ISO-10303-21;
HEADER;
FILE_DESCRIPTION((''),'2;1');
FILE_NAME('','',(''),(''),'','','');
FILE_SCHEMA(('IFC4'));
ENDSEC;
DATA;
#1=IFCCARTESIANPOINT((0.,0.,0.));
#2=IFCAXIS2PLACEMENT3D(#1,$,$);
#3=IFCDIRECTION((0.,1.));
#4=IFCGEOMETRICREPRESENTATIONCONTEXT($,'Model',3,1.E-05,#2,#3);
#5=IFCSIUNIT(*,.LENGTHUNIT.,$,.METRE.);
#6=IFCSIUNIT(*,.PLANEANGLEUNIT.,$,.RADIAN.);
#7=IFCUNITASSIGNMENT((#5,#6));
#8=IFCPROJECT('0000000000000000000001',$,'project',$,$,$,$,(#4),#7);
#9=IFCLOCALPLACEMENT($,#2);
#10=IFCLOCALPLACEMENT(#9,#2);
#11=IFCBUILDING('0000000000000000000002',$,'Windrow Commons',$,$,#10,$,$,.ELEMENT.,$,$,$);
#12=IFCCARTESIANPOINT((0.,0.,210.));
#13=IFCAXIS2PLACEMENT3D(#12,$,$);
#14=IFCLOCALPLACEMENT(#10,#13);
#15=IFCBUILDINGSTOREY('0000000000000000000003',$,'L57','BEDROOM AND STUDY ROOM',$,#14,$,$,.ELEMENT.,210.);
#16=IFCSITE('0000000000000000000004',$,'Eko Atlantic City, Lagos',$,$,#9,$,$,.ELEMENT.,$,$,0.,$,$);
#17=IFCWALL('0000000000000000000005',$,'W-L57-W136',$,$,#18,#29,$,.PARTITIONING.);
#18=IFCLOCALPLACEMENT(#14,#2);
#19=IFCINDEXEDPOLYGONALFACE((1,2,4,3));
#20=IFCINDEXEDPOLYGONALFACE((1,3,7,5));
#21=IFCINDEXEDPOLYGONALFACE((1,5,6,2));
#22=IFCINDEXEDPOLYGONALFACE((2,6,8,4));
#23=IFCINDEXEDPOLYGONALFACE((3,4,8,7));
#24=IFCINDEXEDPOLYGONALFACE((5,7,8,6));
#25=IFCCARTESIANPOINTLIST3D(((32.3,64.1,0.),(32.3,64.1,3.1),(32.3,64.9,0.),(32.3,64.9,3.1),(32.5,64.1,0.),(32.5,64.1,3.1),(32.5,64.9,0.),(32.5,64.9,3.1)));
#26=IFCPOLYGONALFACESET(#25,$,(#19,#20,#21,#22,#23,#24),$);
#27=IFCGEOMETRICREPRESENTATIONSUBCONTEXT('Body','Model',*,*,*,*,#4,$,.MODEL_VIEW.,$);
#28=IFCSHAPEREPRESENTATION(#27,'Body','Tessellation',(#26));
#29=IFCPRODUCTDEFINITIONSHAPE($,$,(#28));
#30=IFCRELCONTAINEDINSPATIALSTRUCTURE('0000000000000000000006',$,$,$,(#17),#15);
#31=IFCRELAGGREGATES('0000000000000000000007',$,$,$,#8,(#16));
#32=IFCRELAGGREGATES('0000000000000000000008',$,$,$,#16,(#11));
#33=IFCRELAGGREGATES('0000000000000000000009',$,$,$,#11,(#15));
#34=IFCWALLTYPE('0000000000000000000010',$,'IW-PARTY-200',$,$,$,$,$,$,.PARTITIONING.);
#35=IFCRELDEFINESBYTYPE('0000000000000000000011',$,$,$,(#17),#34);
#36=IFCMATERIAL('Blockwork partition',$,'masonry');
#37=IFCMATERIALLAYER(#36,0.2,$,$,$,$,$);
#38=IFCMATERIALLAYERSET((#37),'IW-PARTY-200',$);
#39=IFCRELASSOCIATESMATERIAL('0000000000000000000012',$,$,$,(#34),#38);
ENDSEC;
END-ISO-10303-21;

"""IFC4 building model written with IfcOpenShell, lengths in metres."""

from ifc_helpers import new_model, si_unit, direction, frame, frame_2d, origin, place, context, subcontext, project, spatial, rectangle, extrude, material, layer, layer_set, type_object, element, save


model = new_model("IFC4")

# Units and contexts
model_context = context("Model", 3, precision=1e-05, world=origin(), true_north=direction((0.0, 1.0)))
body_context = subcontext(model_context, "Body", "Model", "MODEL_VIEW")
ifc_project = project(units=[si_unit("LENGTHUNIT", "METRE"), si_unit("PLANEANGLEUNIT", "RADIAN")], contexts=[model_context])

# Site, building, storey
site_placement = place(None, origin())
site = spatial("IfcSite", under=ifc_project, at=site_placement, Name="Eko Atlantic City, Lagos", CompositionType="ELEMENT", RefElevation=0.0)
building_placement = place(site_placement, origin())
building = spatial("IfcBuilding", under=site, at=building_placement, Name="Windrow Commons", CompositionType="ELEMENT")
storey_placement = place(building_placement, frame((0.0, 0.0, 210.0)))
storey = spatial("IfcBuildingStorey", under=building, at=storey_placement, Name="L57", Description="BEDROOM AND STUDY ROOM", CompositionType="ELEMENT", Elevation=210.0)

# Wall
ifc_material_1 = material(Name="Blockwork partition", Category="masonry")
ifc_layer_1 = layer(ifc_material_1, 0.2)
ifc_layer_set_1 = layer_set([ifc_layer_1], Name="IW-PARTY-200")
wall_type_1 = type_object("IfcWallType", Name="IW-PARTY-200", PredefinedType="PARTITIONING", material=ifc_layer_set_1)
wall_1_placement = place(storey_placement, frame((32.4, 64.1, 0.0), z_axis=(0.0, 0.0, 1.0), x_axis=(0.0, 1.0, 0.0)))
element("IfcWall", 1, at=wall_1_placement, inside=storey, type_object=wall_type_1, Name="W-L57-W136", PredefinedType="PARTITIONING", context=body_context, shape_type="SweptSolid", body=[
    extrude(rectangle(XDim=0.8, YDim=0.2, at=frame_2d((0.4, 0.0))), origin(), (0.0, 0.0, 1.0), 3.1),
])

save(model, "model.ifc")
